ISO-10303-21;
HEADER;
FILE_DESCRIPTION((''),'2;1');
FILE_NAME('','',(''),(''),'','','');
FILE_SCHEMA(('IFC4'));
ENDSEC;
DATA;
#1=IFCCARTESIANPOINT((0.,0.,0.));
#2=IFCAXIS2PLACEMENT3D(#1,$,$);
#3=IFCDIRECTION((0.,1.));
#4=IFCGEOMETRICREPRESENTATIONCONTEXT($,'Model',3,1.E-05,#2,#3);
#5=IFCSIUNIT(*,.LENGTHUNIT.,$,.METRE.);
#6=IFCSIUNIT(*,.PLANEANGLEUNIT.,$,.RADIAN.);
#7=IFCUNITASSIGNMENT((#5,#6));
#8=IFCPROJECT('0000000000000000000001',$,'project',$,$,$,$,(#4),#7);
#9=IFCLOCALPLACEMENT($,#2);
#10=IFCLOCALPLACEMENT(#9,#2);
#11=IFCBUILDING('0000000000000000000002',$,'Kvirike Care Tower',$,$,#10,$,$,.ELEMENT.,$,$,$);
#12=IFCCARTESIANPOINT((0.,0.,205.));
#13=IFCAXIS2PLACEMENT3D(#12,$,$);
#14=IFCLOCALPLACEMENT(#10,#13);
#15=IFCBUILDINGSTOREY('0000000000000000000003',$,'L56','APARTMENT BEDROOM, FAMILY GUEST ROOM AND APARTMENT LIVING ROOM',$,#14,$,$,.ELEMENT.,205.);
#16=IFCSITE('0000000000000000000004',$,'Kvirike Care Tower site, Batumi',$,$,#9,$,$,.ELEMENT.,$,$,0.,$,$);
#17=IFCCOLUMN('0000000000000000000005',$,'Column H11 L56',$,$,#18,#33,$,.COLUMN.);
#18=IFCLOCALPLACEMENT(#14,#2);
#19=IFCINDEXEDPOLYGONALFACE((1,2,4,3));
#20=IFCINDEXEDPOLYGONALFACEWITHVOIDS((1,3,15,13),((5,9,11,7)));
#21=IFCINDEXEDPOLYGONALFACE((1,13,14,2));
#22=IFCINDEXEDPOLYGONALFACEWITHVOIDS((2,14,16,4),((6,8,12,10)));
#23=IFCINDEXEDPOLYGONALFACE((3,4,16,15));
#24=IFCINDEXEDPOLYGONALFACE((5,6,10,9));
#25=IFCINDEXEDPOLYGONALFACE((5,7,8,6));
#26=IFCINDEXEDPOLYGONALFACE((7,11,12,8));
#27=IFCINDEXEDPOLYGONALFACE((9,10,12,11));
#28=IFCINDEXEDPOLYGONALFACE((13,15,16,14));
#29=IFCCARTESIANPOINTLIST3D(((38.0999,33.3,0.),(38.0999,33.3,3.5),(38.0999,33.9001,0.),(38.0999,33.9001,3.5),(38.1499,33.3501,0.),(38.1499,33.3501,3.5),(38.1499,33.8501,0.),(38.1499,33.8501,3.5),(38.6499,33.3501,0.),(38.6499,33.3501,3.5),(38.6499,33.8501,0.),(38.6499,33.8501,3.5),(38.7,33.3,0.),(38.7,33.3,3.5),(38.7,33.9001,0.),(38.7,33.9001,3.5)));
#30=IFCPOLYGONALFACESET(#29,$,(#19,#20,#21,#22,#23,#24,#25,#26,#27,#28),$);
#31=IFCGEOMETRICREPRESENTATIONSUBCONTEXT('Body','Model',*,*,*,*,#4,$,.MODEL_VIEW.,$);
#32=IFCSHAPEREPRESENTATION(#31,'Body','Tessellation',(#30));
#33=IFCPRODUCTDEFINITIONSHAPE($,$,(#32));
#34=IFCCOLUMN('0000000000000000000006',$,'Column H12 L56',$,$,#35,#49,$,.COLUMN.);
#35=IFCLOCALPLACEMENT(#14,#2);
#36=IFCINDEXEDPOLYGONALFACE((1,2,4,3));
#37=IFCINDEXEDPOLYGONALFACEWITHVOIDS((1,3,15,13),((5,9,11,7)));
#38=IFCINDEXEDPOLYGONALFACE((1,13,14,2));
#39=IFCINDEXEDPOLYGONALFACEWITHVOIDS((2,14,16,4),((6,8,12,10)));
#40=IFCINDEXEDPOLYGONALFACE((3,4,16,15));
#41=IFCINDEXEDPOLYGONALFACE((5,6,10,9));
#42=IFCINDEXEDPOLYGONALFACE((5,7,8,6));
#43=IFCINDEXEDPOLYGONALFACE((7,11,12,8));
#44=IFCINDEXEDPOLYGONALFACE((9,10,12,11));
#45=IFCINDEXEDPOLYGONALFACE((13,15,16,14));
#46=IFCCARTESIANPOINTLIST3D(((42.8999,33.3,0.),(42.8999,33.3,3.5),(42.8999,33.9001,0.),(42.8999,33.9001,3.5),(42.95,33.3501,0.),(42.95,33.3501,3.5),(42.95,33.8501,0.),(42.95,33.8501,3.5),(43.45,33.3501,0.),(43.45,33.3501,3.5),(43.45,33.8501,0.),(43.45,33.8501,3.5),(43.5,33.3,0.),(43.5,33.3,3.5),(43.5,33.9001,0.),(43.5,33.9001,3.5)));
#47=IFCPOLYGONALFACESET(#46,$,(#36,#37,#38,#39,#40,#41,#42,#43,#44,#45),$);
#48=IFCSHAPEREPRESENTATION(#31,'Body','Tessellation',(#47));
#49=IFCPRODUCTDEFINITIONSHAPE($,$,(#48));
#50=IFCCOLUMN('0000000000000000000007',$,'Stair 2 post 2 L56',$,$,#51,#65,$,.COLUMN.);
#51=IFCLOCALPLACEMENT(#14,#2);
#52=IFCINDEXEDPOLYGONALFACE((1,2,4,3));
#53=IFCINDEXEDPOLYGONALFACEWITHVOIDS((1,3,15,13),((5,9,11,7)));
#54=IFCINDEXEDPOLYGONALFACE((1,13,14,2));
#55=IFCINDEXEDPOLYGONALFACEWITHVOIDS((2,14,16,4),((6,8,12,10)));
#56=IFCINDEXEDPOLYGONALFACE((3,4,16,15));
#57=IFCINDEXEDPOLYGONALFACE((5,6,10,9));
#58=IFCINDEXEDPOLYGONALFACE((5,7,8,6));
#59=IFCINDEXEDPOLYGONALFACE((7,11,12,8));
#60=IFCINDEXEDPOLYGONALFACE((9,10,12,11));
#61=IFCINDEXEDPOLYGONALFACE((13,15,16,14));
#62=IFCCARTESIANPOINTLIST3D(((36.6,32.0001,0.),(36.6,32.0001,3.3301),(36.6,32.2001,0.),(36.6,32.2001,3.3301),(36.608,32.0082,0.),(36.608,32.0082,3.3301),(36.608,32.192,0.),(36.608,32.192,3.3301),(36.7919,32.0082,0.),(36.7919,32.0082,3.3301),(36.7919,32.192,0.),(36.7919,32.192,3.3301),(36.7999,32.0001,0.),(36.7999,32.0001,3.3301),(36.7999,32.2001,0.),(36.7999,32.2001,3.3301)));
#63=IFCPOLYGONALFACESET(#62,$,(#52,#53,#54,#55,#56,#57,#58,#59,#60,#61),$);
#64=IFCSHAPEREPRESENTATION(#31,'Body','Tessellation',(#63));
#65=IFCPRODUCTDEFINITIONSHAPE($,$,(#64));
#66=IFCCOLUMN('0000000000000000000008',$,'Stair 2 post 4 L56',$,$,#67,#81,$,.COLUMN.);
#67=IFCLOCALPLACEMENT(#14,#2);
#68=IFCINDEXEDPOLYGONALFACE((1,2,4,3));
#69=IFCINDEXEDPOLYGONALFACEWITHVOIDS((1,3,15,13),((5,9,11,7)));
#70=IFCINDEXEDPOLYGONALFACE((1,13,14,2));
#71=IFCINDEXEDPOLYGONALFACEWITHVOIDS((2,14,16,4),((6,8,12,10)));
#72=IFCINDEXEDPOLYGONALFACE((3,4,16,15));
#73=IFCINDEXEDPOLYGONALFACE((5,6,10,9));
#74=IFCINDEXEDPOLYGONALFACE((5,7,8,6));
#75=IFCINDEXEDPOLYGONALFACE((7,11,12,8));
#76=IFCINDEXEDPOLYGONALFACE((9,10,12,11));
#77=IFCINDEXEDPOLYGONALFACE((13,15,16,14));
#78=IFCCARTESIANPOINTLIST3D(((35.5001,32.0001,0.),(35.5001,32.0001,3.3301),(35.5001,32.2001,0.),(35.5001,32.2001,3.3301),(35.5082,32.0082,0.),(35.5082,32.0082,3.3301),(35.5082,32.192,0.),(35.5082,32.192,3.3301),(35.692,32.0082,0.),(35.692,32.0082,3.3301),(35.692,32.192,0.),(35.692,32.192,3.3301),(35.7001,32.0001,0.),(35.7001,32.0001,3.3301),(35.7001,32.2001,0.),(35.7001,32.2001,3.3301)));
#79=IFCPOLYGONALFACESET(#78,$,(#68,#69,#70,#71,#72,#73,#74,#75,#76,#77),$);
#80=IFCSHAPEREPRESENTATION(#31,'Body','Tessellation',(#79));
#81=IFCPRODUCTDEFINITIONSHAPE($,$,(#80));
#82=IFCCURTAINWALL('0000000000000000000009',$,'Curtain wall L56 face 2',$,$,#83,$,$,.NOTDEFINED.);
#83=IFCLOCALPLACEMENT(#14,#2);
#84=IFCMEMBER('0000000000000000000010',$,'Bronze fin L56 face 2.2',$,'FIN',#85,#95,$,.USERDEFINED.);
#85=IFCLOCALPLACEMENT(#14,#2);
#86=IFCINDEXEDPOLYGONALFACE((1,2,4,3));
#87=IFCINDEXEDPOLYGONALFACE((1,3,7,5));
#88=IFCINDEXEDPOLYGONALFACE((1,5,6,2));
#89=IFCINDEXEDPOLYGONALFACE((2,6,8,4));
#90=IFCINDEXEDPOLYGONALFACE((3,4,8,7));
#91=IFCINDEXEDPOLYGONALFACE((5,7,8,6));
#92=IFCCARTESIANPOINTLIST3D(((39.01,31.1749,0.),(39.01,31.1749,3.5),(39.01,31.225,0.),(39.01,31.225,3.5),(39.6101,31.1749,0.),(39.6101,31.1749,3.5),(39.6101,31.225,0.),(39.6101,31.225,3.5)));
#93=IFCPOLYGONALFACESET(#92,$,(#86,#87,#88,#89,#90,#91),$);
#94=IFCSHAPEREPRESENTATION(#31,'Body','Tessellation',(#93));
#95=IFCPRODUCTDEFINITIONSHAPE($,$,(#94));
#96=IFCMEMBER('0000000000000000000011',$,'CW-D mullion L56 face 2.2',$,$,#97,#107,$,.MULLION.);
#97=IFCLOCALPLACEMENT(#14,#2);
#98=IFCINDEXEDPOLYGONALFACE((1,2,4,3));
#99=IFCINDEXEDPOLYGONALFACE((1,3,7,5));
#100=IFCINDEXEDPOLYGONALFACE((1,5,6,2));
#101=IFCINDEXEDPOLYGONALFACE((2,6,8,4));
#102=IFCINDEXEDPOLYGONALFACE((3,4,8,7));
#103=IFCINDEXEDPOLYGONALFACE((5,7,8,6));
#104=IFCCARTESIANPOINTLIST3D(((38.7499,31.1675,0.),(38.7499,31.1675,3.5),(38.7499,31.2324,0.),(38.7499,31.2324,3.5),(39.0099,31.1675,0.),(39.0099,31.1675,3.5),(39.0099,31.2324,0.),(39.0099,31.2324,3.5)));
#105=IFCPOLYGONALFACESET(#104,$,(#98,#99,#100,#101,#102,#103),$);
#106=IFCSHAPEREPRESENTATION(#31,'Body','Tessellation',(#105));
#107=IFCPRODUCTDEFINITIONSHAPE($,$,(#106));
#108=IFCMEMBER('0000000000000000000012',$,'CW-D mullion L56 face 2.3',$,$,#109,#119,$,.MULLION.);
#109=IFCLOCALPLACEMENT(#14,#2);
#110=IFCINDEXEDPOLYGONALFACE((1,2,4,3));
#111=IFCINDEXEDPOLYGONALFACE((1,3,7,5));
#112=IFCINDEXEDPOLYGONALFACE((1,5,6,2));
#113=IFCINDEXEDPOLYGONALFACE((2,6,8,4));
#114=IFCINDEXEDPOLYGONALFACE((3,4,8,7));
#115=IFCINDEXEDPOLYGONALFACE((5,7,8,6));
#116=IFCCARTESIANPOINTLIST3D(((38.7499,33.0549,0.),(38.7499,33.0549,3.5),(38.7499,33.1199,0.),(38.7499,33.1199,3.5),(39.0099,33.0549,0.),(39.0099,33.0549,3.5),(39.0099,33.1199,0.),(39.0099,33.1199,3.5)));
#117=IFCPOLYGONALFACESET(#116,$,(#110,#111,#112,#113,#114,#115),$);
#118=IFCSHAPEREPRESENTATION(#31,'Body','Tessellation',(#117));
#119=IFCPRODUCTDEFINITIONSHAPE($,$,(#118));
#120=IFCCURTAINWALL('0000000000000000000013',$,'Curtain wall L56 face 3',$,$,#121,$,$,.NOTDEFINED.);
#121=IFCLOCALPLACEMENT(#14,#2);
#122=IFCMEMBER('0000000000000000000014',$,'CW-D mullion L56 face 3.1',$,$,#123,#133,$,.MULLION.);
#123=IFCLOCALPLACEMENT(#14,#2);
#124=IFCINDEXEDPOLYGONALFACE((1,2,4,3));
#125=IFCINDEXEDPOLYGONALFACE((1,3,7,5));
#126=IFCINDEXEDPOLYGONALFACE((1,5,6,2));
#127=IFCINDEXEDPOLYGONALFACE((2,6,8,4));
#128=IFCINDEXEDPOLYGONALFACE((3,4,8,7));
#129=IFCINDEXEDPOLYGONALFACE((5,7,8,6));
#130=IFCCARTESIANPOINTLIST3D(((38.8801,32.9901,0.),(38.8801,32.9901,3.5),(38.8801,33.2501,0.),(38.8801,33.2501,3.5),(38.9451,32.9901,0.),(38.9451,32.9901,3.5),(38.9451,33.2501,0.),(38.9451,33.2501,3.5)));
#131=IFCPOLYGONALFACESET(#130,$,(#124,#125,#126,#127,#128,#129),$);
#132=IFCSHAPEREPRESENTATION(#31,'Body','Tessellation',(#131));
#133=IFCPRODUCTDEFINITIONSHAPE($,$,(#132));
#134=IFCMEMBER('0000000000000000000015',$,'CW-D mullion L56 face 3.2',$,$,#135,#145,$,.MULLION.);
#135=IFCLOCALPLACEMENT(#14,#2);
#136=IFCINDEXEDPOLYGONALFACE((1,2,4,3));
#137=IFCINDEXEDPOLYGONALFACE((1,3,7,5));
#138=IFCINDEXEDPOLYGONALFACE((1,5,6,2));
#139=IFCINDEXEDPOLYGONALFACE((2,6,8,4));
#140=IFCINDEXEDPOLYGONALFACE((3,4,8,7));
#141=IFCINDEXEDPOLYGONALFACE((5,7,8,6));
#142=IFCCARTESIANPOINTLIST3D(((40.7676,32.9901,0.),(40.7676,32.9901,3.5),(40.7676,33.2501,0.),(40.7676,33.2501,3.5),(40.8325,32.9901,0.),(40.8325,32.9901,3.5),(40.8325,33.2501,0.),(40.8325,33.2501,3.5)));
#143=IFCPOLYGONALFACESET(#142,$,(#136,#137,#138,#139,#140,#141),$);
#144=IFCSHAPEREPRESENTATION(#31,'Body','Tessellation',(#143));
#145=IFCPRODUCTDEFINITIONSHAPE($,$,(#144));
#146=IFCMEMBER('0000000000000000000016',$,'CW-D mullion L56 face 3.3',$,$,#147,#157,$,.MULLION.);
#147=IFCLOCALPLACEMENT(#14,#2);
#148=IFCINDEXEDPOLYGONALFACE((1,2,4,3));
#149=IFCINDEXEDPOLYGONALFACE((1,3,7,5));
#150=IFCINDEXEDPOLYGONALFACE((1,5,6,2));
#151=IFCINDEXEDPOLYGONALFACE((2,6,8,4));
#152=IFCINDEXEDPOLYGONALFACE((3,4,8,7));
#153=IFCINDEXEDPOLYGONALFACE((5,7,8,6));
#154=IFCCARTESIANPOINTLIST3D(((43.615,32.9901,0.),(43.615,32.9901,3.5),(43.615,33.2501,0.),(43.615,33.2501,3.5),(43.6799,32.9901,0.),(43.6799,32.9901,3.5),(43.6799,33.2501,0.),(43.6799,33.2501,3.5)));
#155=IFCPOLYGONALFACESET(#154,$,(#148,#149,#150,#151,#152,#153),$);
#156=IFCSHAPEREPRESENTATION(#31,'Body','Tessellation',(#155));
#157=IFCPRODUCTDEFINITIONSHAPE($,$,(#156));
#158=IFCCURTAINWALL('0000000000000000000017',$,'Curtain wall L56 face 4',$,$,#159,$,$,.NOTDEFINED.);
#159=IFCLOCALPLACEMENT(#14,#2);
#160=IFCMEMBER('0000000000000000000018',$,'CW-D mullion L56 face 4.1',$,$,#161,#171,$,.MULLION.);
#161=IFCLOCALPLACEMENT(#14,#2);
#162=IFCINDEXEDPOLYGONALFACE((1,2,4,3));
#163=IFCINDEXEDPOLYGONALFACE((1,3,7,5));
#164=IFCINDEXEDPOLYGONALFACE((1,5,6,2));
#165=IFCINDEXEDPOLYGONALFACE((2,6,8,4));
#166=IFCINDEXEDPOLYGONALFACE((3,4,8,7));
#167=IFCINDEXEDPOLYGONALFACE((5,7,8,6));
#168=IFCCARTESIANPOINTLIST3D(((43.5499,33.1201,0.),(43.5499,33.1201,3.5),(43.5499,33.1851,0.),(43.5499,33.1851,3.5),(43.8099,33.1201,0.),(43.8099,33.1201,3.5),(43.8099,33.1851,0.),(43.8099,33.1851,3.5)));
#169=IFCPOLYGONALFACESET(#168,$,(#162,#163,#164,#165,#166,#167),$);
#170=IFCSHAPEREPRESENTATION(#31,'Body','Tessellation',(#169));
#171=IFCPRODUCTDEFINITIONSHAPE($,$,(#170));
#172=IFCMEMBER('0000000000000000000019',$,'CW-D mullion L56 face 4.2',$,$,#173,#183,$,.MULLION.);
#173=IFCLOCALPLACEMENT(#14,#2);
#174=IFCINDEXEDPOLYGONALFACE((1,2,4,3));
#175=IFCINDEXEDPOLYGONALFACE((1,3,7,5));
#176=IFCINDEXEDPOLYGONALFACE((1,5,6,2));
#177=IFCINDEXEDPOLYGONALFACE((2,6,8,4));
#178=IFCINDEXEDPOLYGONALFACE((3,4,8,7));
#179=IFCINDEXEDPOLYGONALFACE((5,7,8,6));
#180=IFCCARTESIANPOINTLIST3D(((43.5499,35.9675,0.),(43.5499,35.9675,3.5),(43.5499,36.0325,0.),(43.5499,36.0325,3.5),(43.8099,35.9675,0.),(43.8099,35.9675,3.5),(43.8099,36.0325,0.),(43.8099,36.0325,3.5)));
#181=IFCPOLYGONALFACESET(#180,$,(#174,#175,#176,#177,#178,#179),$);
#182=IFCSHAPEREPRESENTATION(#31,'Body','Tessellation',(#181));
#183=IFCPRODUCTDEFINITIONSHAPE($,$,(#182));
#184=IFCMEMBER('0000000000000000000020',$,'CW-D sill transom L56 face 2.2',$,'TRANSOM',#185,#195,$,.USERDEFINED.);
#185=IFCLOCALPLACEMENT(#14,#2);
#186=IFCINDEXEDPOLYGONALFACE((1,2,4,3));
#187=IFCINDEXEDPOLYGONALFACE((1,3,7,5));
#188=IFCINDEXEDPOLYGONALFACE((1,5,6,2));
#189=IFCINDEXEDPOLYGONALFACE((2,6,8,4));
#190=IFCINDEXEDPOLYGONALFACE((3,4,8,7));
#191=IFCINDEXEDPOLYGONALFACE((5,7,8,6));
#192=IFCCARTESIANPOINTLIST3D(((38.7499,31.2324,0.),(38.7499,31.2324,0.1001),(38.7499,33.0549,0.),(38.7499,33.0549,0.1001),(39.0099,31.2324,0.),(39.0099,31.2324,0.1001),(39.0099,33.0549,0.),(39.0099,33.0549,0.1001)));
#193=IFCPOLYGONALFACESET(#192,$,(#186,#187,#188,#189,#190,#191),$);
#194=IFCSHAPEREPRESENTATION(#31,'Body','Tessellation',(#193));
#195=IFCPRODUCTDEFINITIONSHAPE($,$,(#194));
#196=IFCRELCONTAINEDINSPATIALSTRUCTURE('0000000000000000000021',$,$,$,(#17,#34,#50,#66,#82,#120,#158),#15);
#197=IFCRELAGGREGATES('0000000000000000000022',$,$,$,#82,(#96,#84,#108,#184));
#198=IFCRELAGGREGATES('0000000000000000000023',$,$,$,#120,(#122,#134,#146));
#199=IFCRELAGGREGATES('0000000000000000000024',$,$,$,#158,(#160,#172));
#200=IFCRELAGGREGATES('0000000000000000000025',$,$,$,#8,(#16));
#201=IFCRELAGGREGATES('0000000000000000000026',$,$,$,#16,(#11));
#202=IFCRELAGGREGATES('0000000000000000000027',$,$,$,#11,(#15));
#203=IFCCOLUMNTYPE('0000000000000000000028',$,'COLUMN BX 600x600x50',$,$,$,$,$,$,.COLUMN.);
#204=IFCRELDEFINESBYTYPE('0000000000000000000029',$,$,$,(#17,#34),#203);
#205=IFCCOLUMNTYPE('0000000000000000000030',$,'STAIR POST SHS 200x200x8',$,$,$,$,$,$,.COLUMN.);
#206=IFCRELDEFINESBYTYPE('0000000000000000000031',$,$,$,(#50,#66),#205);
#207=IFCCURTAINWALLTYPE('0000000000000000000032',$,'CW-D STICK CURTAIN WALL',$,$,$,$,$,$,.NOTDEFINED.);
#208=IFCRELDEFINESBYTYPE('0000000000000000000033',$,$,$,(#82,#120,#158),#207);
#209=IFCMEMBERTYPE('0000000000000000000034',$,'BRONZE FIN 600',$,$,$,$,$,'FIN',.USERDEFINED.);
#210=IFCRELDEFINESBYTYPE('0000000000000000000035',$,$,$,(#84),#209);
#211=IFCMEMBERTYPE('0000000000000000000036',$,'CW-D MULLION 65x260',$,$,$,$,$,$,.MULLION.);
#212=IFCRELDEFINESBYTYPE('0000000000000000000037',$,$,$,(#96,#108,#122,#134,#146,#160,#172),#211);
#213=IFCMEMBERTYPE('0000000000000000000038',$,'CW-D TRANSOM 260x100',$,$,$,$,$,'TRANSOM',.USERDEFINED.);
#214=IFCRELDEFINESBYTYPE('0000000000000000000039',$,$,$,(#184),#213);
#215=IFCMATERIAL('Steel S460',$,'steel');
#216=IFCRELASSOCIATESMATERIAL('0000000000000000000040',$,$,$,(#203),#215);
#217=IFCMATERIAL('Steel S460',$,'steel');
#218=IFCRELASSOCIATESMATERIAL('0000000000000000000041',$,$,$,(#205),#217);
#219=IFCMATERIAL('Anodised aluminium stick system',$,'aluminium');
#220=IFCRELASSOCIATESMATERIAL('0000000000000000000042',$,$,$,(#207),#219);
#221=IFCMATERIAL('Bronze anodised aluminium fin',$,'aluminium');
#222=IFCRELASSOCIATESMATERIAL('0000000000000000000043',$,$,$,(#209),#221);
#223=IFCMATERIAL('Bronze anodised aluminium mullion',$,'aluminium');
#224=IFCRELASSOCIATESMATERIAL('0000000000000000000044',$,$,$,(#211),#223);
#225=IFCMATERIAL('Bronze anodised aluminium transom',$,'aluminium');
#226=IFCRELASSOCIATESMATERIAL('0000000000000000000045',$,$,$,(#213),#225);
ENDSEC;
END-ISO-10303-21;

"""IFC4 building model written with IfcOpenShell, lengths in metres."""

from ifc_helpers import new_model, si_unit, direction, frame, origin, origin_2d, place, context, subcontext, project, spatial, rectangle, hollow_rectangle, extrude, material, material_profile, profile_set, type_object, element, aggregate, save


model = new_model("IFC4")

# Units and contexts
model_context = context("Model", 3, precision=1e-05, world=origin(), true_north=direction((0.0, 1.0)))
body_context = subcontext(model_context, "Body", "Model", "MODEL_VIEW")
ifc_project = project(units=[si_unit("LENGTHUNIT", "METRE"), si_unit("PLANEANGLEUNIT", "RADIAN")], contexts=[model_context])

# Site, building, storey
site_placement = place(None, origin())
site = spatial("IfcSite", under=ifc_project, at=site_placement, Name="Kvirike Care Tower site, Batumi", CompositionType="ELEMENT", RefElevation=0.0)
building_placement = place(site_placement, origin())
building = spatial("IfcBuilding", under=site, at=building_placement, Name="Kvirike Care Tower", CompositionType="ELEMENT")
storey_placement = place(building_placement, frame((0.0, 0.0, 205.0)))
storey = spatial("IfcBuildingStorey", under=building, at=storey_placement, Name="L56", Description="APARTMENT BEDROOM, FAMILY GUEST ROOM AND APARTMENT LIVING ROOM", CompositionType="ELEMENT", Elevation=205.0)

# Columns
ifc_material_1 = material(Name="Steel S460", Category="steel")
ifc_material_profile_1 = material_profile(ifc_material_1, hollow_rectangle(XDim=0.6001, YDim=0.6001, WallThickness=0.05, at=origin_2d()), Name="BX 600x600x50")
ifc_profile_set_1 = profile_set([ifc_material_profile_1], Name="Steel S460")
column_type_1 = type_object("IfcColumnType", Name="COLUMN BX 600x600x50", PredefinedType="COLUMN", material=ifc_profile_set_1)
for number, where, z_axis, x_axis, name in (
    (1, (38.3999, 33.6001, 0.0), (0.0, 0.0, 1.0), (0.0, 1.0, 0.0), "Column H11 L56"),
    (2, (43.2, 33.6001, 0.0), (0.0, 0.0, 1.0), (0.0, 1.0, 0.0), "Column H12 L56"),
):
    element("IfcColumn", number, at=place(storey_placement, frame(where, z_axis=z_axis, x_axis=x_axis)), inside=storey, type_object=column_type_1, Name=name, PredefinedType="COLUMN", context=body_context, shape_type="SweptSolid", body=[
        extrude(hollow_rectangle(XDim=0.6001, YDim=0.6001, WallThickness=0.05, at=origin_2d()), origin(), (0.0, 0.0, 1.0), 3.5),
    ])
ifc_material_2 = material(Name="Steel S460", Category="steel")
ifc_material_profile_2 = material_profile(ifc_material_2, hollow_rectangle(XDim=0.2, YDim=0.2, WallThickness=0.0081, at=origin_2d()), Name="SHS 200x200x8")
ifc_profile_set_2 = profile_set([ifc_material_profile_2], Name="Steel S460")
column_type_2 = type_object("IfcColumnType", Name="STAIR POST SHS 200x200x8", PredefinedType="COLUMN", material=ifc_profile_set_2)
for number, where, z_axis, x_axis, name in (
    (3, (36.7, 32.1001, 0.0), (0.0, 0.0, 1.0), (1.0, 0.0, 0.0), "Stair 2 post 2 L56"),
    (4, (35.6001, 32.1001, 0.0), (0.0, 0.0, 1.0), (1.0, 0.0, 0.0), "Stair 2 post 4 L56"),
):
    element("IfcColumn", number, at=place(storey_placement, frame(where, z_axis=z_axis, x_axis=x_axis)), inside=storey, type_object=column_type_2, Name=name, PredefinedType="COLUMN", context=body_context, shape_type="SweptSolid", body=[
        extrude(hollow_rectangle(XDim=0.2, YDim=0.2, WallThickness=0.0081, at=origin_2d()), origin(), (0.0, 0.0, 1.0), 3.3301),
    ])

# Curtain walls, members
ifc_material_3 = material(Name="Anodised aluminium stick system", Category="aluminium")
curtain_wall_type = type_object("IfcCurtainWallType", Name="CW-D STICK CURTAIN WALL", PredefinedType="NOTDEFINED", material=ifc_material_3)
curtain_wall_1_placement = place(storey_placement, origin())
curtain_wall_1 = element("IfcCurtainWall", 5, at=curtain_wall_1_placement, inside=storey, type_object=curtain_wall_type, Name="Curtain wall L56 face 2", PredefinedType="NOTDEFINED")
ifc_material_4 = material(Name="Bronze anodised aluminium fin", Category="aluminium")
ifc_material_profile_3 = material_profile(ifc_material_4, rectangle(XDim=0.05, YDim=0.6001, at=origin_2d()), Name="BRONZE FIN 600")
ifc_profile_set_3 = profile_set([ifc_material_profile_3], Name="Bronze anodised aluminium fin")
member_type_1 = type_object("IfcMemberType", Name="BRONZE FIN 600", ElementType="FIN", PredefinedType="USERDEFINED", material=ifc_profile_set_3)
member_1_placement = place(storey_placement, frame((39.3101, 31.2, 0.0), z_axis=(0.0, 0.0, 1.0), x_axis=(0.0, 1.0, 0.0)))
member_1 = element("IfcMember", 6, at=member_1_placement, type_object=member_type_1, Name="Bronze fin L56 face 2.2", ObjectType="FIN", PredefinedType="USERDEFINED", context=body_context, shape_type="SweptSolid", body=[
    extrude(rectangle(XDim=0.05, YDim=0.6001, at=origin_2d()), origin(), (0.0, 0.0, 1.0), 3.5),
])
ifc_material_5 = material(Name="Bronze anodised aluminium mullion", Category="aluminium")
ifc_material_profile_4 = material_profile(ifc_material_5, rectangle(XDim=0.0649, YDim=0.26, at=origin_2d()), Name="CW-D MULLION 65x260")
ifc_profile_set_4 = profile_set([ifc_material_profile_4], Name="Bronze anodised aluminium mullion")
member_type_2 = type_object("IfcMemberType", Name="CW-D MULLION 65x260", PredefinedType="MULLION", material=ifc_profile_set_4)
member_2_placement = place(storey_placement, frame((38.8799, 31.2, 0.0), z_axis=(0.0, 0.0, 1.0), x_axis=(0.0, 1.0, 0.0)))
member_2 = element("IfcMember", 7, at=member_2_placement, type_object=member_type_2, Name="CW-D mullion L56 face 2.2", PredefinedType="MULLION", context=body_context, shape_type="SweptSolid", body=[
    extrude(rectangle(XDim=0.0649, YDim=0.26, at=origin_2d()), origin(), (0.0, 0.0, 1.0), 3.5),
])
member_3_placement = place(storey_placement, frame((38.8799, 33.0874, 0.0), z_axis=(0.0, 0.0, 1.0), x_axis=(0.0, 1.0, 0.0)))
member_3 = element("IfcMember", 8, at=member_3_placement, type_object=member_type_2, Name="CW-D mullion L56 face 2.3", PredefinedType="MULLION", context=body_context, shape_type="SweptSolid", body=[
    extrude(rectangle(XDim=0.0649, YDim=0.26, at=origin_2d()), origin(), (0.0, 0.0, 1.0), 3.5),
])
curtain_wall_2_placement = place(storey_placement, origin())
curtain_wall_2 = element("IfcCurtainWall", 9, at=curtain_wall_2_placement, inside=storey, type_object=curtain_wall_type, Name="Curtain wall L56 face 3", PredefinedType="NOTDEFINED")
member_4_placement = place(storey_placement, frame((38.9126, 33.1201, 0.0), z_axis=(0.0, 0.0, 1.0), x_axis=(1.0, 0.0, 0.0)))
member_4 = element("IfcMember", 10, at=member_4_placement, type_object=member_type_2, Name="CW-D mullion L56 face 3.1", PredefinedType="MULLION", context=body_context, shape_type="SweptSolid", body=[
    extrude(rectangle(XDim=0.0649, YDim=0.26, at=origin_2d()), origin(), (0.0, 0.0, 1.0), 3.5),
])
member_5_placement = place(storey_placement, frame((40.8, 33.1201, 0.0), z_axis=(0.0, 0.0, 1.0), x_axis=(1.0, 0.0, 0.0)))
member_5 = element("IfcMember", 11, at=member_5_placement, type_object=member_type_2, Name="CW-D mullion L56 face 3.2", PredefinedType="MULLION", context=body_context, shape_type="SweptSolid", body=[
    extrude(rectangle(XDim=0.0649, YDim=0.26, at=origin_2d()), origin(), (0.0, 0.0, 1.0), 3.5),
])
member_6_placement = place(storey_placement, frame((43.6475, 33.1201, 0.0), z_axis=(0.0, 0.0, 1.0), x_axis=(1.0, 0.0, 0.0)))
member_6 = element("IfcMember", 12, at=member_6_placement, type_object=member_type_2, Name="CW-D mullion L56 face 3.3", PredefinedType="MULLION", context=body_context, shape_type="SweptSolid", body=[
    extrude(rectangle(XDim=0.0649, YDim=0.26, at=origin_2d()), origin(), (0.0, 0.0, 1.0), 3.5),
])
curtain_wall_3_placement = place(storey_placement, origin())
curtain_wall_3 = element("IfcCurtainWall", 13, at=curtain_wall_3_placement, inside=storey, type_object=curtain_wall_type, Name="Curtain wall L56 face 4", PredefinedType="NOTDEFINED")
member_7_placement = place(storey_placement, frame((43.6799, 33.1526, 0.0), z_axis=(0.0, 0.0, 1.0), x_axis=(0.0, 1.0, 0.0)))
member_7 = element("IfcMember", 14, at=member_7_placement, type_object=member_type_2, Name="CW-D mullion L56 face 4.1", PredefinedType="MULLION", context=body_context, shape_type="SweptSolid", body=[
    extrude(rectangle(XDim=0.0649, YDim=0.26, at=origin_2d()), origin(), (0.0, 0.0, 1.0), 3.5),
])
member_8_placement = place(storey_placement, frame((43.6799, 36.0, 0.0), z_axis=(0.0, 0.0, 1.0), x_axis=(0.0, 1.0, 0.0)))
member_8 = element("IfcMember", 15, at=member_8_placement, type_object=member_type_2, Name="CW-D mullion L56 face 4.2", PredefinedType="MULLION", context=body_context, shape_type="SweptSolid", body=[
    extrude(rectangle(XDim=0.0649, YDim=0.26, at=origin_2d()), origin(), (0.0, 0.0, 1.0), 3.5),
])

# Member
ifc_material_6 = material(Name="Bronze anodised aluminium transom", Category="aluminium")
ifc_material_profile_5 = material_profile(ifc_material_6, rectangle(XDim=0.26, YDim=0.1001, at=origin_2d()), Name="CW-D TRANSOM 260x100")
ifc_profile_set_5 = profile_set([ifc_material_profile_5], Name="Bronze anodised aluminium transom")
member_type_3 = type_object("IfcMemberType", Name="CW-D TRANSOM 260x100", ElementType="TRANSOM", PredefinedType="USERDEFINED", material=ifc_profile_set_5)
member_9_placement = place(storey_placement, frame((38.8799, 31.2324, 0.05), z_axis=(0.0, 1.0, 0.0), x_axis=(-1.0, 0.0, 0.0)))
member_9 = element("IfcMember", 16, at=member_9_placement, type_object=member_type_3, Name="CW-D sill transom L56 face 2.2", ObjectType="TRANSOM", PredefinedType="USERDEFINED", context=body_context, shape_type="SweptSolid", body=[
    extrude(rectangle(XDim=0.26, YDim=0.1001, at=origin_2d()), origin(), (0.0, 0.0, 1.0), 1.8225),
])

aggregate(curtain_wall_1, [member_2, member_1, member_3, member_9])
aggregate(curtain_wall_2, [member_4, member_5, member_6])
aggregate(curtain_wall_3, [member_7, member_8])

save(model, "model.ifc")
